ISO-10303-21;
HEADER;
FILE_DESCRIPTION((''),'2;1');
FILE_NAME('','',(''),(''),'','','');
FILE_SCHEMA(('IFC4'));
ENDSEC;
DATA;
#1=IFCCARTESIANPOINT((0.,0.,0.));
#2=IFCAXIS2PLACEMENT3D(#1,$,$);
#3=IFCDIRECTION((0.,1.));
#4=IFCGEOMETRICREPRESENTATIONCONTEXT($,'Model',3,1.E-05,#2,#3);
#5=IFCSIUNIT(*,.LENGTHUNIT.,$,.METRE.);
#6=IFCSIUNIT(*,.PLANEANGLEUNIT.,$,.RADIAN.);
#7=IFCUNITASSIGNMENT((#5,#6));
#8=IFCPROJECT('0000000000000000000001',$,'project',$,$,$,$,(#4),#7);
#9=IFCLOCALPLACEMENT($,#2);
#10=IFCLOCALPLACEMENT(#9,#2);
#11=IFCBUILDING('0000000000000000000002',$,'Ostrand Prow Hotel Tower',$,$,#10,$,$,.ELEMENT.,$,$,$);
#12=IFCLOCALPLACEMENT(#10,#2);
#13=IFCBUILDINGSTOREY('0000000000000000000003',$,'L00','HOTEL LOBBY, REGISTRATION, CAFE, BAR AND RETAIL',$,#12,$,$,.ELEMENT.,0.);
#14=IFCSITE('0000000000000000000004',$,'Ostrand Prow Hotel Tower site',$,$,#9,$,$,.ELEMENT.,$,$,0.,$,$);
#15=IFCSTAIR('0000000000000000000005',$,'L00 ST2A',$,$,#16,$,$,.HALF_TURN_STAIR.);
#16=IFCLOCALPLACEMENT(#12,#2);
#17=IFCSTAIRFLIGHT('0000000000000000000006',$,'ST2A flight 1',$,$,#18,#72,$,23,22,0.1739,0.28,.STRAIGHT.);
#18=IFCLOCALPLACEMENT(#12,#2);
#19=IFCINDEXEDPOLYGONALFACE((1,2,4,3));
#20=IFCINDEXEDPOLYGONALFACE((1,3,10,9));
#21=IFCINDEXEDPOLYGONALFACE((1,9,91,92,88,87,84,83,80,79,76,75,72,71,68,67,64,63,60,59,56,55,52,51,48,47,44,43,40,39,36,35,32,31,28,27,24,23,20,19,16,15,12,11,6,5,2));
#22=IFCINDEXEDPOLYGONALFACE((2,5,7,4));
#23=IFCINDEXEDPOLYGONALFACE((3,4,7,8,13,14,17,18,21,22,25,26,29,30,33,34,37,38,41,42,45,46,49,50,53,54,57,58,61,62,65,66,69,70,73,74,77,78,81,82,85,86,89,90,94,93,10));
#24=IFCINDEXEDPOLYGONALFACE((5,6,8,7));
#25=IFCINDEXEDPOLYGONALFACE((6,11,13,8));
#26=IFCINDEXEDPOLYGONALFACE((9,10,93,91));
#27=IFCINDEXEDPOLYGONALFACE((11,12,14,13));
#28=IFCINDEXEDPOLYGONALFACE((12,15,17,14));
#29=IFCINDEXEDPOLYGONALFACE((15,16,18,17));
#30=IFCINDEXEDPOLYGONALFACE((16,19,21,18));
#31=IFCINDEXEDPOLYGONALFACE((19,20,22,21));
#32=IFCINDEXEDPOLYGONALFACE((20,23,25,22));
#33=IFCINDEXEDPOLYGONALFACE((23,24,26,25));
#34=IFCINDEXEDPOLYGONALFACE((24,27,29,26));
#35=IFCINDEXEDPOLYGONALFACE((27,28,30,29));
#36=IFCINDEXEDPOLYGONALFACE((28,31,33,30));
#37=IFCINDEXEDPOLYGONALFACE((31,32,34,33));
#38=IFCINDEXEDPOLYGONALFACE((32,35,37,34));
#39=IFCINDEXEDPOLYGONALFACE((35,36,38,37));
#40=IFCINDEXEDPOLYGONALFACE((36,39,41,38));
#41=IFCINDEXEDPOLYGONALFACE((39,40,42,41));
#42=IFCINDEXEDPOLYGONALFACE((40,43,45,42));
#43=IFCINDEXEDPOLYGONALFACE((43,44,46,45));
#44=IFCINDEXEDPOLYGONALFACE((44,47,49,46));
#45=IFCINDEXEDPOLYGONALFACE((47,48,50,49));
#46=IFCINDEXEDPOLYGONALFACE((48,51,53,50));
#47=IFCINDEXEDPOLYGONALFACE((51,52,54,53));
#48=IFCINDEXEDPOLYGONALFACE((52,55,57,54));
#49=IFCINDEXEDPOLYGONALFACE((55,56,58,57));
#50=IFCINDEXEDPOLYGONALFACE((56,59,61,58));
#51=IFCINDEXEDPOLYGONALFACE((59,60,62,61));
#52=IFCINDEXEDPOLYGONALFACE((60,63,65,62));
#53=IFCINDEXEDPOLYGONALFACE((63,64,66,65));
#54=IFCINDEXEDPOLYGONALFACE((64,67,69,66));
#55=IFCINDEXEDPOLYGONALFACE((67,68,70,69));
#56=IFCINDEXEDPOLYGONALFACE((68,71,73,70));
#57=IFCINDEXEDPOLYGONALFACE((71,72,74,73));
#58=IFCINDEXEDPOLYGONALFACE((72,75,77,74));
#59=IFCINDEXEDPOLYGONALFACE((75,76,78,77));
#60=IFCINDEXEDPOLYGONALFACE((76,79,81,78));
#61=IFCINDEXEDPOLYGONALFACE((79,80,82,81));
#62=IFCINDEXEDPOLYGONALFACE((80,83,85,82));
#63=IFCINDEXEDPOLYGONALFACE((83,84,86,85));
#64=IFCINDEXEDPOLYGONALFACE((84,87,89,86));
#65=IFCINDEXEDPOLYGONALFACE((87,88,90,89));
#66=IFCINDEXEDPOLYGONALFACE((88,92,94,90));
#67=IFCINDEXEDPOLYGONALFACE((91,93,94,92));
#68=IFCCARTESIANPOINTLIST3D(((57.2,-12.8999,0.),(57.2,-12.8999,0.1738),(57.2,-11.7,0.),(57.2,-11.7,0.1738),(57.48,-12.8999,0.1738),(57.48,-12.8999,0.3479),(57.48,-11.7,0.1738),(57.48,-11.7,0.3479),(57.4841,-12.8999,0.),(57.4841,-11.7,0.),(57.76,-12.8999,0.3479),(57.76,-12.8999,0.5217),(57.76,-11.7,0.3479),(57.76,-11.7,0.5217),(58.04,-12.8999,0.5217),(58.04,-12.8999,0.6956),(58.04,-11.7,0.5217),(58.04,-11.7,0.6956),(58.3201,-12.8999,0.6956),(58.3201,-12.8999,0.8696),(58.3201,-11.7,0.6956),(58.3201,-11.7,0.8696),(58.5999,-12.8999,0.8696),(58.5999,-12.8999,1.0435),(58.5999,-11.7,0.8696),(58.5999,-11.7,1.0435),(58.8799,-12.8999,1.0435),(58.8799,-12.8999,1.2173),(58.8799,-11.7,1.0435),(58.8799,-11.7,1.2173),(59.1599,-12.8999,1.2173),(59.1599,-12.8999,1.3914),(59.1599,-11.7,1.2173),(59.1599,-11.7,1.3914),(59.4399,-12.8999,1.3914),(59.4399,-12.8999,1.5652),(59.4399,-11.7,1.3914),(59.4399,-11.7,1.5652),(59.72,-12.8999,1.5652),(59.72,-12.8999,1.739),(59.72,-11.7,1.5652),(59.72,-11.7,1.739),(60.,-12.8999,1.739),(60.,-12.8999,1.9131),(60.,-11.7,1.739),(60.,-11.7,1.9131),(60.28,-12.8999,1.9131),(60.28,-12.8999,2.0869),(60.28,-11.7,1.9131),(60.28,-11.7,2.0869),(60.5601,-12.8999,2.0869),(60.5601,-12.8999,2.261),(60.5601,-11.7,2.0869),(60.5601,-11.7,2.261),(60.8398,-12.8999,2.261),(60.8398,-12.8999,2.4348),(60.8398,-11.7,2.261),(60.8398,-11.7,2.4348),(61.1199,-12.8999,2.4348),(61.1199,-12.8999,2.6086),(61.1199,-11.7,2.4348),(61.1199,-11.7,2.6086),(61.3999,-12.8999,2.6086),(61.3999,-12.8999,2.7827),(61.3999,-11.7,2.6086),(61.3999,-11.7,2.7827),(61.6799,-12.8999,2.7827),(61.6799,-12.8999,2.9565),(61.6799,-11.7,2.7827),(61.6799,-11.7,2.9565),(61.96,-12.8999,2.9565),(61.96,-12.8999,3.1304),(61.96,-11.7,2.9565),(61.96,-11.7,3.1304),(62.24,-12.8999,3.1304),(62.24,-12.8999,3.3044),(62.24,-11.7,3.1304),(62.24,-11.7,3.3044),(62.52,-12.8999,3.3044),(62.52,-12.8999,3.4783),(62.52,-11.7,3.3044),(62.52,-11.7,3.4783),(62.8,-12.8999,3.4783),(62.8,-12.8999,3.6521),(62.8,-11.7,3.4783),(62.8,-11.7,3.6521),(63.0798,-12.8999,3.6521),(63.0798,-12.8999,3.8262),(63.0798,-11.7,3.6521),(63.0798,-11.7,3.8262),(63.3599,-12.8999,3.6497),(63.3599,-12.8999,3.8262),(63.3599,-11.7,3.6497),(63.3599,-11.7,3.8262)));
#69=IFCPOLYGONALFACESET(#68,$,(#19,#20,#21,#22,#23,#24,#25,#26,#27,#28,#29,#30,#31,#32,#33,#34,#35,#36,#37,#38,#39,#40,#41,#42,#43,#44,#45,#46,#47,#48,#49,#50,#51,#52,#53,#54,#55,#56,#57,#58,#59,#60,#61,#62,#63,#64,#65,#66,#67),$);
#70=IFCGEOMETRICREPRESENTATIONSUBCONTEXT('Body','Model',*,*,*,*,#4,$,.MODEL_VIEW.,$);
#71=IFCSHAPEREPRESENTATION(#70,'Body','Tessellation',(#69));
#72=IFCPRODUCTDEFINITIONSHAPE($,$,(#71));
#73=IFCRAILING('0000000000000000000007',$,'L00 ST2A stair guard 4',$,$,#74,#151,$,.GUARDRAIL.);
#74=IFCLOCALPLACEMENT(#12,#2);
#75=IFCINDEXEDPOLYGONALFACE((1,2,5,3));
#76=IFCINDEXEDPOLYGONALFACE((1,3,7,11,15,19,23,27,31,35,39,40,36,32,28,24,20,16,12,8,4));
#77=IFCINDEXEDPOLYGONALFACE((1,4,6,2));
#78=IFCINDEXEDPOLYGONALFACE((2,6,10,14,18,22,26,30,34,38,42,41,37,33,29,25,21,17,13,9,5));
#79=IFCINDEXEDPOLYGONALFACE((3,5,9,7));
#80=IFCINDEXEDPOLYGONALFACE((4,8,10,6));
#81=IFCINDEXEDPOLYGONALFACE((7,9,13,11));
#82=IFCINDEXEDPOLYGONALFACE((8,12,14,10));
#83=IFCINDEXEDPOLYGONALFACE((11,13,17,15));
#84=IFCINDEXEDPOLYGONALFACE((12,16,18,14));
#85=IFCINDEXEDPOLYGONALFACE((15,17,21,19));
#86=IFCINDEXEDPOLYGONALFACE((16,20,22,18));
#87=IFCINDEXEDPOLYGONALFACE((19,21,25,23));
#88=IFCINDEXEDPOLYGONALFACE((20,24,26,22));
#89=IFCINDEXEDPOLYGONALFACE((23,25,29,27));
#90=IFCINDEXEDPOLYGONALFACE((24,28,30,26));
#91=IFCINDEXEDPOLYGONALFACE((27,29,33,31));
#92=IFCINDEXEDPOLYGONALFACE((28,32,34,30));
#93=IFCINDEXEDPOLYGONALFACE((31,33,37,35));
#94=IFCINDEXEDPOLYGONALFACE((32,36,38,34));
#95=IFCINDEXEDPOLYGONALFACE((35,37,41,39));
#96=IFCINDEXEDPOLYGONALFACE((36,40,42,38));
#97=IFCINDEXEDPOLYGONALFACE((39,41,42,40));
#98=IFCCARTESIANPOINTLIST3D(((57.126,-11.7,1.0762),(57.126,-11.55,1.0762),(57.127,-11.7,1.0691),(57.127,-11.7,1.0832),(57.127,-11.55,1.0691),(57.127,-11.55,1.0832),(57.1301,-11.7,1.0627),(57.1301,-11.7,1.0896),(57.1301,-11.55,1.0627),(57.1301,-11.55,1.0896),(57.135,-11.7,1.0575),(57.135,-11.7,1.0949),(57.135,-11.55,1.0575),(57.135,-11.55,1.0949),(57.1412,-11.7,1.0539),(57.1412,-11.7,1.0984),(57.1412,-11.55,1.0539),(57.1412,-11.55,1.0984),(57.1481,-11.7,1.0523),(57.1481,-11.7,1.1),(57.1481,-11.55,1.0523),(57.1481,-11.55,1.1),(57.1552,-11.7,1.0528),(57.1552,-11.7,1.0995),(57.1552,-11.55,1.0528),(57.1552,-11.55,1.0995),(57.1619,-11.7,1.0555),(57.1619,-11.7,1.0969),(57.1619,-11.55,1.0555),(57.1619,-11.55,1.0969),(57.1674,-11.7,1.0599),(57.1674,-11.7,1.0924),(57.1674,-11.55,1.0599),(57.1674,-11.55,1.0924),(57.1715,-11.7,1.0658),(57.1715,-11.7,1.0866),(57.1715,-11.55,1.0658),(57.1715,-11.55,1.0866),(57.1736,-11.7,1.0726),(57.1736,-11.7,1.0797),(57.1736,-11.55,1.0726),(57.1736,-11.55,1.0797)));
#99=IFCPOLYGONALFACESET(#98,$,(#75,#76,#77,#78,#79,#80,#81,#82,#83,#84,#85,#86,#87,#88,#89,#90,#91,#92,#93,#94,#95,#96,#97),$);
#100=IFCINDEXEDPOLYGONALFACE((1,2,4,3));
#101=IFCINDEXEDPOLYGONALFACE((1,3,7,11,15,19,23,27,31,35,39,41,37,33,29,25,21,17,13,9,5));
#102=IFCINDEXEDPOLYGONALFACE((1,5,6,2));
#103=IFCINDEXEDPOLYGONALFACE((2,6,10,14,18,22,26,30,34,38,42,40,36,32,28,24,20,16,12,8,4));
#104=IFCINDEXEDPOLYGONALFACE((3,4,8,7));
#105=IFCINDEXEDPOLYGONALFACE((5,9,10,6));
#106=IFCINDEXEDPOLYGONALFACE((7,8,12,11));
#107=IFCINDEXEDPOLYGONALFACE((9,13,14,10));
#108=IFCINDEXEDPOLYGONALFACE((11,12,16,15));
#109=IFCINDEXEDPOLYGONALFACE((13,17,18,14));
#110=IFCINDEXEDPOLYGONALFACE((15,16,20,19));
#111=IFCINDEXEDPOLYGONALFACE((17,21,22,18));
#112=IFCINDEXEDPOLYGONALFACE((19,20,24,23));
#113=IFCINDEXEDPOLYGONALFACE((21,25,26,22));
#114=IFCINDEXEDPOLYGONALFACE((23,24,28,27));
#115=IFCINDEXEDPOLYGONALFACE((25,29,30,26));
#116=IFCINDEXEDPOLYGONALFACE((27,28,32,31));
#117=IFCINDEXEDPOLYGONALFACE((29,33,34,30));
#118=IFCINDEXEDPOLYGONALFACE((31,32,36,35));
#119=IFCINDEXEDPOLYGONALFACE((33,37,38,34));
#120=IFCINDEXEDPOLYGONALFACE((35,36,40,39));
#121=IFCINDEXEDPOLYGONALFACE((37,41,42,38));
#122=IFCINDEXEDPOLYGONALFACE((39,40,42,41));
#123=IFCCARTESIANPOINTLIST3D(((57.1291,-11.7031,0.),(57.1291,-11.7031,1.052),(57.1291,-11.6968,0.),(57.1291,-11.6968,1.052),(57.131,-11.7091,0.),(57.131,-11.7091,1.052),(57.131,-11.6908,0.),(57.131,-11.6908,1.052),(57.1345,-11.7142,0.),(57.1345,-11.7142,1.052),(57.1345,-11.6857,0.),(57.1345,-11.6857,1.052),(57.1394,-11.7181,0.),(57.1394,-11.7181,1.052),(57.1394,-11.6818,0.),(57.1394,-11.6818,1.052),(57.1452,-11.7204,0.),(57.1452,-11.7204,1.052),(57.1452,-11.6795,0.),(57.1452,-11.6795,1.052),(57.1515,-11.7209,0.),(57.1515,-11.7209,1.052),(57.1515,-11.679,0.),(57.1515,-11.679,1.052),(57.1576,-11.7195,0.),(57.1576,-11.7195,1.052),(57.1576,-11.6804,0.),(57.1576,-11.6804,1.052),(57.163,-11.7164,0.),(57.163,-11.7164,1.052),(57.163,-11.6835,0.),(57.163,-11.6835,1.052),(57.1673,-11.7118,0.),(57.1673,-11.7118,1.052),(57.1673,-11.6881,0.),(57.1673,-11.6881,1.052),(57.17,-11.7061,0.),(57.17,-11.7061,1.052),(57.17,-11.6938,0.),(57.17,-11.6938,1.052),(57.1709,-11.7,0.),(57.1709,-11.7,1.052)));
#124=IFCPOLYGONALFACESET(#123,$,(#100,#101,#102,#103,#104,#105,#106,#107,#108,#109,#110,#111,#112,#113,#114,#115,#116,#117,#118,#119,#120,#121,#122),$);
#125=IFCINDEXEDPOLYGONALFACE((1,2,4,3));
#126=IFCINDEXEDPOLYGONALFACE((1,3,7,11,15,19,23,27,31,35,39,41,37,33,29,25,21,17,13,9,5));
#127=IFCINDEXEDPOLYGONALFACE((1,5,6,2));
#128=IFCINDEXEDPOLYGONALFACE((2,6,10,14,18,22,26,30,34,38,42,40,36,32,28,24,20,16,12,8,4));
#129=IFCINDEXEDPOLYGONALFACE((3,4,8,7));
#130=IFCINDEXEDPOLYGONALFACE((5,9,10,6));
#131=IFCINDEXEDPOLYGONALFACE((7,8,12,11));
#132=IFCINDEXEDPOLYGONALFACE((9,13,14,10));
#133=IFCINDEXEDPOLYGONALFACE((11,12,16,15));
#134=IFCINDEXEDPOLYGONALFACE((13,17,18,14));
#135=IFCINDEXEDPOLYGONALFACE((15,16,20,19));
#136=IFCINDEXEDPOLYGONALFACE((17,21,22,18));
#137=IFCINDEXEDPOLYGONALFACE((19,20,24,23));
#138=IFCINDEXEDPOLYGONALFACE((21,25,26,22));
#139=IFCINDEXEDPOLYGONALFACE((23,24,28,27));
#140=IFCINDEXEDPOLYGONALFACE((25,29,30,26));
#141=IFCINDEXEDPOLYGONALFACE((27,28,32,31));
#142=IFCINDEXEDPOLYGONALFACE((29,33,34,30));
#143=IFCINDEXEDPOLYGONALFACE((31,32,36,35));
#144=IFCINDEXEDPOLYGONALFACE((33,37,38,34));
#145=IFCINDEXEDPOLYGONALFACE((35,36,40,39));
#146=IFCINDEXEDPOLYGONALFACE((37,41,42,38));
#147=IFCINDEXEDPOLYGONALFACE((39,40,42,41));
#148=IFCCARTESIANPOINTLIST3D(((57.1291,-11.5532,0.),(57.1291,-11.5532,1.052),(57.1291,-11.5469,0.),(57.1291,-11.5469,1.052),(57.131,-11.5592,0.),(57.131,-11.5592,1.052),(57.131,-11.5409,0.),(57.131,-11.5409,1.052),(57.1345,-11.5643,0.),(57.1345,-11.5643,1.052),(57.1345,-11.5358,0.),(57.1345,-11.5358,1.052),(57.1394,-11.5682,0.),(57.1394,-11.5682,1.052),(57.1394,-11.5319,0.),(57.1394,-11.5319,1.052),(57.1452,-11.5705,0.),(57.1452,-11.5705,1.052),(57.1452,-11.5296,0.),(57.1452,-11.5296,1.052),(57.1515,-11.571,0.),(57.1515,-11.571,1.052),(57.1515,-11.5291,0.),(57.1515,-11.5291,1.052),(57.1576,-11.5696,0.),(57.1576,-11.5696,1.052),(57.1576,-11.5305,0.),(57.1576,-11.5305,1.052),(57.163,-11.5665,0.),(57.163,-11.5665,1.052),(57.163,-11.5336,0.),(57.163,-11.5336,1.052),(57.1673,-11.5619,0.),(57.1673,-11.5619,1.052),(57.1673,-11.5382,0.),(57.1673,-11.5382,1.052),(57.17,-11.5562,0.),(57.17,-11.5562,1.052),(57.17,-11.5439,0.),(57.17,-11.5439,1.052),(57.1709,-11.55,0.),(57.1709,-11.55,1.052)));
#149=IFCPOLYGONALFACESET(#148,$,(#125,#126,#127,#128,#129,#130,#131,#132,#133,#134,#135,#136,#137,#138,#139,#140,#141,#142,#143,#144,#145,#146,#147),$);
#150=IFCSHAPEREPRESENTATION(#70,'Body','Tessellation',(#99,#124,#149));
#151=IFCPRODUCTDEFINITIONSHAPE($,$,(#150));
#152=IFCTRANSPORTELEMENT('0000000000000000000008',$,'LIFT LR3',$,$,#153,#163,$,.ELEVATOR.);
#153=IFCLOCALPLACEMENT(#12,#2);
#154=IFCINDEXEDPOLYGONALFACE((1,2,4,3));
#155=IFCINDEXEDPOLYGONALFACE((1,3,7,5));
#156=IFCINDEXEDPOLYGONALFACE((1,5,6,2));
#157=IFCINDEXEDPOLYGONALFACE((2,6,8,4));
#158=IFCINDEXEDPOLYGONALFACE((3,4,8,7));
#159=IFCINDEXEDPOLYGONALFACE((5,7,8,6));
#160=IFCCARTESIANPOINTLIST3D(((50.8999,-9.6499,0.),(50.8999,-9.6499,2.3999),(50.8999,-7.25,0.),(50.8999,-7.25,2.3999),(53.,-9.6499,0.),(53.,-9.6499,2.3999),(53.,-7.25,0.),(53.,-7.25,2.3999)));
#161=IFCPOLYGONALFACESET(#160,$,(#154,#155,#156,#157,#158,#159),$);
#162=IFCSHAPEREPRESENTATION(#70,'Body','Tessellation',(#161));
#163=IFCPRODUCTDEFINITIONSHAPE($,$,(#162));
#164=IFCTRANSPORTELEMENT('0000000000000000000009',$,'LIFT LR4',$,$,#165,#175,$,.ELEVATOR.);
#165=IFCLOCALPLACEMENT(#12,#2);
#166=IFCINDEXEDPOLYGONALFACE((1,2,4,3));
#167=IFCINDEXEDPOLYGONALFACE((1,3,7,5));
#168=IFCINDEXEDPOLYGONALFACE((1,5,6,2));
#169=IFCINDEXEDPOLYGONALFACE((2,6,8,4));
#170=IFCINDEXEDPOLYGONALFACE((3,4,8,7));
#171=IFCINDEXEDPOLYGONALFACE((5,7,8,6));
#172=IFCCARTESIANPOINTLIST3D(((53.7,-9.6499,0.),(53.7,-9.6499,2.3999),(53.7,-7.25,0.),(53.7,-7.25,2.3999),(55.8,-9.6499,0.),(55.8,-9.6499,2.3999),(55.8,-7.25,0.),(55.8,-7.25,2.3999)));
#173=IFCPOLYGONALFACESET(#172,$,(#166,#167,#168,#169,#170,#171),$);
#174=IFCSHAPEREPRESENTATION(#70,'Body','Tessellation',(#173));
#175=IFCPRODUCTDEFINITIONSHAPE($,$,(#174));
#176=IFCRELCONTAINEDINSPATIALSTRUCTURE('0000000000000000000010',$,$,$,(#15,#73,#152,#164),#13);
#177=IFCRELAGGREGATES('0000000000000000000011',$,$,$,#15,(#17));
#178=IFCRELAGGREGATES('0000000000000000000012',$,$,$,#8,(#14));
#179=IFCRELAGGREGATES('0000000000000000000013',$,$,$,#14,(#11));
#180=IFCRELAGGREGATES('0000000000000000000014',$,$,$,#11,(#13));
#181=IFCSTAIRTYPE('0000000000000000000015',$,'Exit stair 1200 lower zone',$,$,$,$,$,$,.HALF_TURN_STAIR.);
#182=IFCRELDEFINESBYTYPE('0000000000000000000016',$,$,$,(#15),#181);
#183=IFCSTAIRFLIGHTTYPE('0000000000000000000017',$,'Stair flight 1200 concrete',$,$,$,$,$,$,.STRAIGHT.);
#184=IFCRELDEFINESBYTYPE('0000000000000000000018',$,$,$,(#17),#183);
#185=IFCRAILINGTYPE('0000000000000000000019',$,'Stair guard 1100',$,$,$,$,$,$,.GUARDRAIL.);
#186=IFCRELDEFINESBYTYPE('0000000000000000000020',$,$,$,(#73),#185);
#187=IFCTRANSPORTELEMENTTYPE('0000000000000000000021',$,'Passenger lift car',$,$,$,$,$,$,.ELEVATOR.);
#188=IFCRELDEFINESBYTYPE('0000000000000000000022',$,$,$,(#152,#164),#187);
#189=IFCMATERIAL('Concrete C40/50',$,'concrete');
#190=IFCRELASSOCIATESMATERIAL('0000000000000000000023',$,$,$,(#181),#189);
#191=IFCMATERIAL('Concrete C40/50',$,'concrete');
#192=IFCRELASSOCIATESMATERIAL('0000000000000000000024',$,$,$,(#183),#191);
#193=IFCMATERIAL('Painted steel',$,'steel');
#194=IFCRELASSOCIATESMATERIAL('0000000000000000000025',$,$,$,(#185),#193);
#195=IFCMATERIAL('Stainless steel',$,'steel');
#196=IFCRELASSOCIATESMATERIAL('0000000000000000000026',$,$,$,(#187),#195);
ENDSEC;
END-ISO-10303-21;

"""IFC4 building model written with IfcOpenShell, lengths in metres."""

from ifc_helpers import new_model, si_unit, direction, frame, origin, origin_2d, place, context, subcontext, project, spatial, polyline, rectangle, circle, outline, extrude, material, type_object, element, aggregate, save


model = new_model("IFC4")

# Units and contexts
model_context = context("Model", 3, precision=1e-05, world=origin(), true_north=direction((0.0, 1.0)))
body_context = subcontext(model_context, "Body", "Model", "MODEL_VIEW")
ifc_project = project(units=[si_unit("LENGTHUNIT", "METRE"), si_unit("PLANEANGLEUNIT", "RADIAN")], contexts=[model_context])

# Site, building, storey
site_placement = place(None, origin())
site = spatial("IfcSite", under=ifc_project, at=site_placement, Name="Ostrand Prow Hotel Tower site", CompositionType="ELEMENT", RefElevation=0.0)
building_placement = place(site_placement, origin())
building = spatial("IfcBuilding", under=site, at=building_placement, Name="Ostrand Prow Hotel Tower", CompositionType="ELEMENT")
storey_placement = place(building_placement, origin())
storey = spatial("IfcBuildingStorey", under=building, at=storey_placement, Name="L00", Description="HOTEL LOBBY, REGISTRATION, CAFE, BAR AND RETAIL", CompositionType="ELEMENT", Elevation=0.0)

# Stair, stair flight
ifc_material_1 = material(Name="Concrete C40/50", Category="concrete")
stair_type = type_object("IfcStairType", Name="Exit stair 1200 lower zone", PredefinedType="HALF_TURN_STAIR", material=ifc_material_1)
stair_placement = place(storey_placement, origin())
stair = element("IfcStair", 1, at=stair_placement, inside=storey, type_object=stair_type, Name="L00 ST2A", PredefinedType="HALF_TURN_STAIR")
ifc_material_2 = material(Name="Concrete C40/50", Category="concrete")
stair_flight_type = type_object("IfcStairFlightType", Name="Stair flight 1200 concrete", PredefinedType="STRAIGHT", material=ifc_material_2)
stair_flight_placement = place(storey_placement, frame((57.2, -12.3, 0.0), z_axis=(0.0, 0.0, 1.0), x_axis=(1.0, 0.0, 0.0)))
stair_flight = element("IfcStairFlight", 2, at=stair_flight_placement, type_object=stair_flight_type, Name="ST2A flight 1", NumberOfRisers=23, NumberOfTreads=22, PredefinedType="STRAIGHT", RiserHeight=0.1739, TreadLength=0.28, context=body_context, shape_type="SweptSolid", body=[
    extrude(outline(polyline([(0.0, 0.0), (0.0, 0.1738), (0.28, 0.1738), (0.28, 0.3479), (0.5601, 0.3479), (0.5601, 0.5217), (0.8401, 0.5217), (0.8401, 0.6956), (1.1201, 0.6956), (1.1201, 0.8696), (1.3999, 0.8696), (1.3999, 1.0435), (1.6799, 1.0435), (1.6799, 1.2173), (1.96, 1.2173), (1.96, 1.3914), (2.24, 1.3914), (2.24, 1.5652), (2.52, 1.5652), (2.52, 1.739), (2.8, 1.739), (2.8, 1.9131), (3.0801, 1.9131), (3.0801, 2.0869), (3.3601, 2.0869), (3.3601, 2.261), (3.6399, 2.261), (3.6399, 2.4348), (3.9199, 2.4348), (3.9199, 2.6086), (4.2, 2.6086), (4.2, 2.7827), (4.48, 2.7827), (4.48, 2.9565), (4.76, 2.9565), (4.76, 3.1304), (5.04, 3.1304), (5.04, 3.3044), (5.3201, 3.3044), (5.3201, 3.4783), (5.6001, 3.4783), (5.6001, 3.6521), (5.8799, 3.6521), (5.8799, 3.8262), (6.1599, 3.8262), (6.1599, 4.0), (6.1599, 3.6497), (0.2842, 0.0), (0.0, 0.0)])), frame((0.0, 0.6001, 0.0), z_axis=(0.0, -1.0, 0.0), x_axis=(1.0, 0.0, 0.0)), (0.0, 0.0, 1.0), 1.2),
])
aggregate(stair, [stair_flight])

# Railing
ifc_material_3 = material(Name="Painted steel", Category="steel")
railing_type = type_object("IfcRailingType", Name="Stair guard 1100", PredefinedType="GUARDRAIL", material=ifc_material_3)
railing_placement = place(storey_placement, frame((57.1499, -11.7, 0.0)))
element("IfcRailing", 3, at=railing_placement, inside=storey, type_object=railing_type, Name="L00 ST2A stair guard 4", PredefinedType="GUARDRAIL", context=body_context, shape_type="SweptSolid", body=[
    extrude(circle(Radius=0.0239, at=origin_2d()), frame((0.0, 0.0, 1.0762), z_axis=(0.0, 1.0, 0.0), x_axis=(-1.0, 0.0, 0.0)), (0.0, 0.0, 1.0), 0.1499),
    extrude(circle(Radius=0.021, at=origin_2d()), origin(), (0.0, 0.0, 1.0), 1.052),
    extrude(circle(Radius=0.021, at=origin_2d()), frame((0.0, 0.1499, 0.0)), (0.0, 0.0, 1.0), 1.052),
])

# Transport elements
ifc_material_4 = material(Name="Stainless steel", Category="steel")
transport_element_type = type_object("IfcTransportElementType", Name="Passenger lift car", PredefinedType="ELEVATOR", material=ifc_material_4)
for number, where, z_axis, x_axis, name in (
    (4, (51.95, -8.45, 0.0), (0.0, 0.0, 1.0), (1.0, 0.0, 0.0), "LIFT LR3"),
    (5, (54.75, -8.45, 0.0), (0.0, 0.0, 1.0), (1.0, 0.0, 0.0), "LIFT LR4"),
):
    element("IfcTransportElement", number, at=place(storey_placement, frame(where, z_axis=z_axis, x_axis=x_axis)), inside=storey, type_object=transport_element_type, Name=name, PredefinedType="ELEVATOR", context=body_context, shape_type="SweptSolid", body=[
        extrude(rectangle(XDim=2.1001, YDim=2.3999, at=origin_2d()), origin(), (0.0, 0.0, 1.0), 2.3999),
    ])

save(model, "model.ifc")
